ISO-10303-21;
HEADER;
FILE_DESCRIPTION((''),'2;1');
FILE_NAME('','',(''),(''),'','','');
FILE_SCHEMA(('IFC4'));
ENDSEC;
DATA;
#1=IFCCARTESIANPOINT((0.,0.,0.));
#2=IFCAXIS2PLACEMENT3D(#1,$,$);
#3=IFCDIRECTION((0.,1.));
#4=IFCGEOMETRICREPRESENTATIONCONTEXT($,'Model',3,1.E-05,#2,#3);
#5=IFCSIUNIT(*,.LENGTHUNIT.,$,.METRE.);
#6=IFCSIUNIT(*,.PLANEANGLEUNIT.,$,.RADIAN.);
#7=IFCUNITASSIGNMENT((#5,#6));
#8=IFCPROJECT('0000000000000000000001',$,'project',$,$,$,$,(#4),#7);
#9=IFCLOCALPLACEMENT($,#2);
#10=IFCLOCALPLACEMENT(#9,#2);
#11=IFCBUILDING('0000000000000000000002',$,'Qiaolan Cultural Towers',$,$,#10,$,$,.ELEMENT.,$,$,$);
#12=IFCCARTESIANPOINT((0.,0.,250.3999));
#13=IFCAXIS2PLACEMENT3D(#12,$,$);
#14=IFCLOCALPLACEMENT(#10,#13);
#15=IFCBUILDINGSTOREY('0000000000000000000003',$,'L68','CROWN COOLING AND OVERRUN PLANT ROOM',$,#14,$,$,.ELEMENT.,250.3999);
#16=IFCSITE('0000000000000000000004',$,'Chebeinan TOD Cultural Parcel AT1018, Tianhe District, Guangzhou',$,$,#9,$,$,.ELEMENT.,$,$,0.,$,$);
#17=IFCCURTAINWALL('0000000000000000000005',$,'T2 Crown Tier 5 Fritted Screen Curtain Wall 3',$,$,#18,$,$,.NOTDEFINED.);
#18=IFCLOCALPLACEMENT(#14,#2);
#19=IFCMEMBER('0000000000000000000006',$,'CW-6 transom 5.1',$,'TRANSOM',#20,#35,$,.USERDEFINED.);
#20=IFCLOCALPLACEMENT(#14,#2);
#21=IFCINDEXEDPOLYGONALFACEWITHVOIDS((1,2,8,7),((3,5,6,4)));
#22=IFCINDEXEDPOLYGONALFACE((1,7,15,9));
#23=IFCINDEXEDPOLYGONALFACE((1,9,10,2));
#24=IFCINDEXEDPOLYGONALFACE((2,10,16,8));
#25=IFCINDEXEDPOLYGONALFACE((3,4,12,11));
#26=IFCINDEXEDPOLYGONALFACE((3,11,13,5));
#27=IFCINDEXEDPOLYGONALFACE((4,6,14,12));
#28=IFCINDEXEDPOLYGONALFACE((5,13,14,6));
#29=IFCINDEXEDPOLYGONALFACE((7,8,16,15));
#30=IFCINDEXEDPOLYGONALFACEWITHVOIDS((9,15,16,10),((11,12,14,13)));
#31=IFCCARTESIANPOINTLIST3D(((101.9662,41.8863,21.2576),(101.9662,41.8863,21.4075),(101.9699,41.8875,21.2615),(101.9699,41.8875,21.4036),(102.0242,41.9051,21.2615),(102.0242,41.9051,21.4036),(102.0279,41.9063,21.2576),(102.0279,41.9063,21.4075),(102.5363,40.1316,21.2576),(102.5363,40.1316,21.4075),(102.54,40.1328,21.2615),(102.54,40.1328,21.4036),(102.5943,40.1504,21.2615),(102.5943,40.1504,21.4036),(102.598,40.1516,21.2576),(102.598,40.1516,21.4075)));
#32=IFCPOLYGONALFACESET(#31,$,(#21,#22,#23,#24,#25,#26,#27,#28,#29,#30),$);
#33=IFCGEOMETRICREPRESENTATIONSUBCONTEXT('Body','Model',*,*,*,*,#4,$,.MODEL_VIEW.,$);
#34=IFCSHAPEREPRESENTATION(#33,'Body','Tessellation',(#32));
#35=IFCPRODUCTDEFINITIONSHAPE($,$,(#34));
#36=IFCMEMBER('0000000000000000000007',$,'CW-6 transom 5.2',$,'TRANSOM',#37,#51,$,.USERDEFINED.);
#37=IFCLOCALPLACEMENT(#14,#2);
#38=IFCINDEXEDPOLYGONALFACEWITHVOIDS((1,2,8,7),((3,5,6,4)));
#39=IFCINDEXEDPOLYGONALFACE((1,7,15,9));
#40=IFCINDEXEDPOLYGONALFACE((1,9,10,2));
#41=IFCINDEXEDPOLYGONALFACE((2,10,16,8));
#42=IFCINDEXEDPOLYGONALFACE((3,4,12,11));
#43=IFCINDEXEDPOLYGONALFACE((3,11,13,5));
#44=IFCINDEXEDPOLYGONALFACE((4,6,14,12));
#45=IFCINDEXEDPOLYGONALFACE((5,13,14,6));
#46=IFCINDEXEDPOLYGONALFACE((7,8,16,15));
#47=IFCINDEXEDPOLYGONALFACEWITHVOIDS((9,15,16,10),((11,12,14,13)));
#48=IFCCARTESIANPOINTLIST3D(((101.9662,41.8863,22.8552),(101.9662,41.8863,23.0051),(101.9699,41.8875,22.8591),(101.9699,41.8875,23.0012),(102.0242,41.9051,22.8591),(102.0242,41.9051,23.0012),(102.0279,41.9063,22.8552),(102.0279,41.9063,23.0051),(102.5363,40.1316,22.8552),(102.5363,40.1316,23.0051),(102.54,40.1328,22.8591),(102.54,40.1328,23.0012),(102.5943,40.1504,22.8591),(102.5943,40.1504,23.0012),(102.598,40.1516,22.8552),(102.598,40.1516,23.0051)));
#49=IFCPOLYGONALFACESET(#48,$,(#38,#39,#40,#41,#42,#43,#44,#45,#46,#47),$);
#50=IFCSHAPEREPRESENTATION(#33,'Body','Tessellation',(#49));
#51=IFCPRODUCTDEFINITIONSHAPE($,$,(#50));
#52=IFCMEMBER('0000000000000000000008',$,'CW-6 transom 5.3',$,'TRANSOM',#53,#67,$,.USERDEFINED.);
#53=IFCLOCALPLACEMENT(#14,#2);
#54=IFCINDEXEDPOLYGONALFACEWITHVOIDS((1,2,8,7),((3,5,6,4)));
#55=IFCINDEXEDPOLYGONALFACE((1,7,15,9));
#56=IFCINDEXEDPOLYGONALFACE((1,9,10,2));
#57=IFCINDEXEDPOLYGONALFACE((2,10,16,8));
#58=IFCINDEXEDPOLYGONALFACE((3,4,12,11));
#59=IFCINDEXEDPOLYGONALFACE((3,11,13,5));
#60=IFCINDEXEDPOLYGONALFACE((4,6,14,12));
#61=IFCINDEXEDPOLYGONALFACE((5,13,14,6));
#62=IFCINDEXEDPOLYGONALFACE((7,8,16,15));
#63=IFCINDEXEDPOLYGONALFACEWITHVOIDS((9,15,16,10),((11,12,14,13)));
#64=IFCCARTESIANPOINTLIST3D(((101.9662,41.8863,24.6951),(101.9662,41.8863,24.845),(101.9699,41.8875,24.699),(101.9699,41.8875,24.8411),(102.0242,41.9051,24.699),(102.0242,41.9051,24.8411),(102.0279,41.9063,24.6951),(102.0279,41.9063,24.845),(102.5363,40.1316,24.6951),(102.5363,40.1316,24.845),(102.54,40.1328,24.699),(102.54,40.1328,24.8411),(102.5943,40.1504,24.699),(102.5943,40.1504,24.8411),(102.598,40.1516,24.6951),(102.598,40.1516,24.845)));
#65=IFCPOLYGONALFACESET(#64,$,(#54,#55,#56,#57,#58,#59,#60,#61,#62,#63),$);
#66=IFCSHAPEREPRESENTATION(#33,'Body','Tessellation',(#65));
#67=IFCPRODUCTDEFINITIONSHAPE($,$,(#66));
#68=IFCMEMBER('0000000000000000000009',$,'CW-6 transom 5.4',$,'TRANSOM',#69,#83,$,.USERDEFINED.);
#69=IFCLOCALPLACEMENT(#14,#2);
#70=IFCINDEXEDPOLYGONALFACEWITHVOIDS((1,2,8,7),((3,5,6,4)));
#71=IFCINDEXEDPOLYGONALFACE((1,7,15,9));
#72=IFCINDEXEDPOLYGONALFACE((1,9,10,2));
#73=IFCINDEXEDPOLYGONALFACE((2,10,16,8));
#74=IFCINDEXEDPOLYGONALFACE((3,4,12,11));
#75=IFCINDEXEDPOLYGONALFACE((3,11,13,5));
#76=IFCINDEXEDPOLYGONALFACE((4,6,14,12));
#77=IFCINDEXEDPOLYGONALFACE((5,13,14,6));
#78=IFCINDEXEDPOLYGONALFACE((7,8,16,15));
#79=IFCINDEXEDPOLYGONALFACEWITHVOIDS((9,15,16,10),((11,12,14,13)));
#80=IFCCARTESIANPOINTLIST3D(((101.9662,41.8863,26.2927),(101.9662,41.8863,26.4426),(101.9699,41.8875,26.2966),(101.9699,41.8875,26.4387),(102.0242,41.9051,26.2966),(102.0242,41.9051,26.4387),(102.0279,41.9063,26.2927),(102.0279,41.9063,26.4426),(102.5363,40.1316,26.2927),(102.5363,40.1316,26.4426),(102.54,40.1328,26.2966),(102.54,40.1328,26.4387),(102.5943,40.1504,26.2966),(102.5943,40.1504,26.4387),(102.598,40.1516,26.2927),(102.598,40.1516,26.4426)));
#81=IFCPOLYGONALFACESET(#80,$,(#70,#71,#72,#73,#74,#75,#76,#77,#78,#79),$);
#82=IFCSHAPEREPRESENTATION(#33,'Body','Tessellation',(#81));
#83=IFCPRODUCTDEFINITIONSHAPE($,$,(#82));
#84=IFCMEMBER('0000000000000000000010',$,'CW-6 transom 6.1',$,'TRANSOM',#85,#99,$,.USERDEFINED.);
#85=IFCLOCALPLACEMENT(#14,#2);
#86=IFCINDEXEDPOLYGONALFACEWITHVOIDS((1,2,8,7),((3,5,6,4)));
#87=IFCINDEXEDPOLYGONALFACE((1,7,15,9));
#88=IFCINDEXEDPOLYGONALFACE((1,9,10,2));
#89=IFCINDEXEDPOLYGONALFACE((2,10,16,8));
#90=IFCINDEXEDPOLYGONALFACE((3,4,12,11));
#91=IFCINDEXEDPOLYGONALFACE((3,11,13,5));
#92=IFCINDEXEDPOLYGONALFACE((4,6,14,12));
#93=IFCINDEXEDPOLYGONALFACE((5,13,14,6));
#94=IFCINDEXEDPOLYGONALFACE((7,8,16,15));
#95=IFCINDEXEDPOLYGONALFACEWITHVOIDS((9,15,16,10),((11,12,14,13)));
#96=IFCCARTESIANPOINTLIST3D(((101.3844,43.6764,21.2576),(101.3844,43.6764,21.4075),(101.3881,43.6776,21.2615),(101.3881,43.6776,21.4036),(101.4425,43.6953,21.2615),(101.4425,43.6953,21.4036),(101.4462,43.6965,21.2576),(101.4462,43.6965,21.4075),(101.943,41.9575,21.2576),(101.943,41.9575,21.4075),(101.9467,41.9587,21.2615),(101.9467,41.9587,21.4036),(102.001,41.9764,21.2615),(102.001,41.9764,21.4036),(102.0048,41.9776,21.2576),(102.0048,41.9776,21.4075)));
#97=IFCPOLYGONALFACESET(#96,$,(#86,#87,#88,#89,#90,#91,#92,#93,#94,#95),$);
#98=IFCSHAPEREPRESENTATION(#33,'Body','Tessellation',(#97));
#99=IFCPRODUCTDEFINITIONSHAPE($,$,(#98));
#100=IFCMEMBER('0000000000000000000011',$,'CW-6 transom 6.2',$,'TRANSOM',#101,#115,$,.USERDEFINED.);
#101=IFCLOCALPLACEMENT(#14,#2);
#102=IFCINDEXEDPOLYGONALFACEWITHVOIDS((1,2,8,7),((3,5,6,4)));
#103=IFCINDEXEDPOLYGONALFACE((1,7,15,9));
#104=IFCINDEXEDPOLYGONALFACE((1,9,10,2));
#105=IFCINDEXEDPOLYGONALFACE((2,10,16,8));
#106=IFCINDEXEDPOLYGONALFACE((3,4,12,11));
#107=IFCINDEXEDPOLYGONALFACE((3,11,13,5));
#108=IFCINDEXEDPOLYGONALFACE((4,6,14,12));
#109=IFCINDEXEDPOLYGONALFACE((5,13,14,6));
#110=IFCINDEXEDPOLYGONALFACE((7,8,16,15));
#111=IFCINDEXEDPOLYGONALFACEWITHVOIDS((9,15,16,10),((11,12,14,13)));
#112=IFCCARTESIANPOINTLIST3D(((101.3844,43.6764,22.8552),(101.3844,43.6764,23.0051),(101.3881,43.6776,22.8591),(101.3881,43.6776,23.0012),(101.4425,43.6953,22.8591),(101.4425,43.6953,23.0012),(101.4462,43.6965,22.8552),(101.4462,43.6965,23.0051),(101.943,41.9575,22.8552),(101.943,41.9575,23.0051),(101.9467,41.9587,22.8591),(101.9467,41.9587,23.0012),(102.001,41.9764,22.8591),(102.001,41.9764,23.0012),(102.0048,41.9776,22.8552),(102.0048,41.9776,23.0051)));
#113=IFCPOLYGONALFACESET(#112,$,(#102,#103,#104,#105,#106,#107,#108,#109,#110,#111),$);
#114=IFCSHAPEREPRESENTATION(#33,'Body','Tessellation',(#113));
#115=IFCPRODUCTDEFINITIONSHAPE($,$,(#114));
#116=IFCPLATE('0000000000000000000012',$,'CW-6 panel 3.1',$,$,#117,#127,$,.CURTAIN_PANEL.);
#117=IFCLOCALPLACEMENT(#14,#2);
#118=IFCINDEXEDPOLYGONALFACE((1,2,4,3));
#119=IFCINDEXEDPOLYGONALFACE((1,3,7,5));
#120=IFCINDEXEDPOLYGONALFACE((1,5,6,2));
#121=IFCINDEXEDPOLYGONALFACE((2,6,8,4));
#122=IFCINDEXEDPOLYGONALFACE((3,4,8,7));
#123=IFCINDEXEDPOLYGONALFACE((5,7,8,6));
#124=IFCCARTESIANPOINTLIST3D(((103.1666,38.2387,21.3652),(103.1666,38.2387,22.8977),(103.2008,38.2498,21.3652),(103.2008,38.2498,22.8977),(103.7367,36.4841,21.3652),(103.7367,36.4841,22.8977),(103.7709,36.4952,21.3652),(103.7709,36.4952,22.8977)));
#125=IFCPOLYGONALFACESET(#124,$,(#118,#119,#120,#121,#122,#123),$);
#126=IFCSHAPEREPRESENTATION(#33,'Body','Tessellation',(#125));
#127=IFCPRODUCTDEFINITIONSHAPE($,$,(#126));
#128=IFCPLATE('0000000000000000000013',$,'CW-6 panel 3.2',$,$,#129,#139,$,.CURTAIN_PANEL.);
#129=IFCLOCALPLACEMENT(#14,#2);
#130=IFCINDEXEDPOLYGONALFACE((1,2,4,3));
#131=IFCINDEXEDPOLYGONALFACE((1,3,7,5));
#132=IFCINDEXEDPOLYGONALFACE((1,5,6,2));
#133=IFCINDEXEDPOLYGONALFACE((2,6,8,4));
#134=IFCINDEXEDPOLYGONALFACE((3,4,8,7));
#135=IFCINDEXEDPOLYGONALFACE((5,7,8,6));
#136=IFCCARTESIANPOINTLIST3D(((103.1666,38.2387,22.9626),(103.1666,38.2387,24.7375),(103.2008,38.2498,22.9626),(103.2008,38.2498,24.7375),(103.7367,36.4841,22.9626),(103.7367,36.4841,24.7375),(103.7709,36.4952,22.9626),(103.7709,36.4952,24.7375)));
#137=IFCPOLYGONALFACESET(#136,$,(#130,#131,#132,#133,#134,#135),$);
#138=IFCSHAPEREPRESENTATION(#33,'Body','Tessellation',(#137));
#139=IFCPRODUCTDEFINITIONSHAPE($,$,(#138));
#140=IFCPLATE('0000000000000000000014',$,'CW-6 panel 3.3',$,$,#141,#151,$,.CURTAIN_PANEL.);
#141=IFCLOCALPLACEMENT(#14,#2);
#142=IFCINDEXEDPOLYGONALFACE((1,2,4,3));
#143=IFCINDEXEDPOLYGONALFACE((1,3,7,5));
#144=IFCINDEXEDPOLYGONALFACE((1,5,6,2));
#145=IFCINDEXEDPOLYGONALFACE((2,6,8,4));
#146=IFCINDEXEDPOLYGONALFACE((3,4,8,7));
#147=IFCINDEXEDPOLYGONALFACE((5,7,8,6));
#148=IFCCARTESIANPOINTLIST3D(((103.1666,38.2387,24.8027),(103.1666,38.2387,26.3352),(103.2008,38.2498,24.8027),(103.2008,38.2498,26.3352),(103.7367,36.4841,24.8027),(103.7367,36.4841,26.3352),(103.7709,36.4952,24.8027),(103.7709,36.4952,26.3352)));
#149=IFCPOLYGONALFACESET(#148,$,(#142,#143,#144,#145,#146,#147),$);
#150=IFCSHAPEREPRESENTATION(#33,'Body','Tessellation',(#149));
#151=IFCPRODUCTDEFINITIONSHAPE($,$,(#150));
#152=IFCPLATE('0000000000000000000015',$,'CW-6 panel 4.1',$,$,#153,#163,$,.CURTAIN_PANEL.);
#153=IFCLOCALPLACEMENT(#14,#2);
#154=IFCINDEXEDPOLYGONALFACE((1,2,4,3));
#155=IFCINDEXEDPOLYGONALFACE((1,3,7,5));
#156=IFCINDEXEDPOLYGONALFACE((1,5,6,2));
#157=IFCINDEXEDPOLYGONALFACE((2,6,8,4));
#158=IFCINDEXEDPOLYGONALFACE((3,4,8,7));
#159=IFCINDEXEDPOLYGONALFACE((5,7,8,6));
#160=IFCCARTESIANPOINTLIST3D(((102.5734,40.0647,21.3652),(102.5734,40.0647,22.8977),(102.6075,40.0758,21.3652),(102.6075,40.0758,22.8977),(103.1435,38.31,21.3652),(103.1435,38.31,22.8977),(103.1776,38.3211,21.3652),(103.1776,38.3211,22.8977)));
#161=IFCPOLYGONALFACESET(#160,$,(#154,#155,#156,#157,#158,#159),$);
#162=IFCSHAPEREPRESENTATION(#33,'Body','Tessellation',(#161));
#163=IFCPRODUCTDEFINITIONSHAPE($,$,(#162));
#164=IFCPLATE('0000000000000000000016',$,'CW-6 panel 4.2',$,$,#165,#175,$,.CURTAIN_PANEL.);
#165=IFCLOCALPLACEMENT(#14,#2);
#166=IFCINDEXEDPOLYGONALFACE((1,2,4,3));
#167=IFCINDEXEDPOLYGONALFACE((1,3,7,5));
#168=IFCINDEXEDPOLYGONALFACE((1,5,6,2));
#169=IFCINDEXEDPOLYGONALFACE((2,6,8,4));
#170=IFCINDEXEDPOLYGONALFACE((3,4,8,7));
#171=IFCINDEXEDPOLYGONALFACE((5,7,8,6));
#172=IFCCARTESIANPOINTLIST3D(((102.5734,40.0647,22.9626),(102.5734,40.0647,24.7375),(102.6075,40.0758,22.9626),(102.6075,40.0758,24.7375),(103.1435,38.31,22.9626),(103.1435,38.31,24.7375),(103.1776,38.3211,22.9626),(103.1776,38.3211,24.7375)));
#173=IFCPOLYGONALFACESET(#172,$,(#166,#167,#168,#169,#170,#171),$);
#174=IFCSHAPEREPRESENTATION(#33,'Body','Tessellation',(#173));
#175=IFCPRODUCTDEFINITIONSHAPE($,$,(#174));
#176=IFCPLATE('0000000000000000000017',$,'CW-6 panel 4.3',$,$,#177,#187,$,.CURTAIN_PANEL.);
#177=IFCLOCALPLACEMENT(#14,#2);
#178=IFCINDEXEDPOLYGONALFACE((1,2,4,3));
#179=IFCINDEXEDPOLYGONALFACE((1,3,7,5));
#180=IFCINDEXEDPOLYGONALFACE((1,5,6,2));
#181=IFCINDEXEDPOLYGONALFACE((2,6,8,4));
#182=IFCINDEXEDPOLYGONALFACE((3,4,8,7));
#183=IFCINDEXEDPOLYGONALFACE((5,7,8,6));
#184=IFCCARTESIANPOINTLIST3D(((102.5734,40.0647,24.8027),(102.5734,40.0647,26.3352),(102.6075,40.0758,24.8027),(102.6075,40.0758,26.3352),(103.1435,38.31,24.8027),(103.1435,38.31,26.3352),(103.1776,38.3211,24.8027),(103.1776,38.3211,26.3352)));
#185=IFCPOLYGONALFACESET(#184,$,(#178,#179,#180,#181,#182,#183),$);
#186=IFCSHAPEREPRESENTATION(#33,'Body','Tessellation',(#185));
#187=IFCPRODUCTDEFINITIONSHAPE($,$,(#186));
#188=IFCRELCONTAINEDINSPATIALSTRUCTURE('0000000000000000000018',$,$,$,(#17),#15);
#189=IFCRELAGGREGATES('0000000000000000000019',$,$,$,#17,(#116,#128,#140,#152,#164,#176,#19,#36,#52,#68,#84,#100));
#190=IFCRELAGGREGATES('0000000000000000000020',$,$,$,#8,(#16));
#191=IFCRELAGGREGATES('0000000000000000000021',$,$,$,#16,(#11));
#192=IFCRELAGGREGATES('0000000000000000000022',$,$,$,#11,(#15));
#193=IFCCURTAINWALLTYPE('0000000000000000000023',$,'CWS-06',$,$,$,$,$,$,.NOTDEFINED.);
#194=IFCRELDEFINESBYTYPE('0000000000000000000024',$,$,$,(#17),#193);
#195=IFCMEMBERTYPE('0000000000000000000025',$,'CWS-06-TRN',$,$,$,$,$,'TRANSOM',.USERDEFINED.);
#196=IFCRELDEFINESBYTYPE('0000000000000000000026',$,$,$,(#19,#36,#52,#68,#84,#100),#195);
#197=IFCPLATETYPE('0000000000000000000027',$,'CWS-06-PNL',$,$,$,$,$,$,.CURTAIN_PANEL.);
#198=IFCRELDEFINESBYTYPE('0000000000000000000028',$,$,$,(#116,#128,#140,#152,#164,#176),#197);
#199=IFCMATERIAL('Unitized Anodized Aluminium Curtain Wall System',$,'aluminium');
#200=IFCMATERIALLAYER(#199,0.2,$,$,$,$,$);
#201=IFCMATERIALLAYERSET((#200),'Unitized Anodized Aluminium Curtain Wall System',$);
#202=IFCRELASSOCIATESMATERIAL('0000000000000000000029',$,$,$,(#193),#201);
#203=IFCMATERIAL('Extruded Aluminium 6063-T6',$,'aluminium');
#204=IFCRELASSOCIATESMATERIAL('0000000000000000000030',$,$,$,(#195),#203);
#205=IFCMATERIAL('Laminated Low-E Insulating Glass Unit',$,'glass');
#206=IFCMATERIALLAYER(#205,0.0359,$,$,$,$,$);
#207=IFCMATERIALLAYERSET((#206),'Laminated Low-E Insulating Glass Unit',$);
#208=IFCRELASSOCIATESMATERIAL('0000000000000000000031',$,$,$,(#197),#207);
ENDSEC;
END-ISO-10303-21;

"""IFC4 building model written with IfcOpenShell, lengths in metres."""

from ifc_helpers import new_model, si_unit, direction, frame, origin, origin_2d, place, context, subcontext, project, spatial, rectangle, hollow_rectangle, extrude, material, layer, layer_set, material_profile, profile_set, type_object, element, aggregate, save


model = new_model("IFC4")

# Units and contexts
model_context = context("Model", 3, precision=1e-05, world=origin(), true_north=direction((0.0, 1.0)))
body_context = subcontext(model_context, "Body", "Model", "MODEL_VIEW")
ifc_project = project(units=[si_unit("LENGTHUNIT", "METRE"), si_unit("PLANEANGLEUNIT", "RADIAN")], contexts=[model_context])

# Site, building, storey
site_placement = place(None, origin())
site = spatial("IfcSite", under=ifc_project, at=site_placement, Name="Chebeinan TOD Cultural Parcel AT1018, Tianhe District, Guangzhou", CompositionType="ELEMENT", RefElevation=0.0)
building_placement = place(site_placement, origin())
building = spatial("IfcBuilding", under=site, at=building_placement, Name="Qiaolan Cultural Towers", CompositionType="ELEMENT")
storey_placement = place(building_placement, frame((0.0, 0.0, 250.3999)))
storey = spatial("IfcBuildingStorey", under=building, at=storey_placement, Name="L68", Description="CROWN COOLING AND OVERRUN PLANT ROOM", CompositionType="ELEMENT", Elevation=250.3999)

# Curtain wall, members, plates
ifc_material_1 = material(Name="Unitized Anodized Aluminium Curtain Wall System", Category="aluminium")
ifc_layer_1 = layer(ifc_material_1, 0.2)
ifc_layer_set_1 = layer_set([ifc_layer_1], Name="Unitized Anodized Aluminium Curtain Wall System")
curtain_wall_type = type_object("IfcCurtainWallType", Name="CWS-06", PredefinedType="NOTDEFINED", material=ifc_layer_set_1)
curtain_wall_placement = place(storey_placement, origin())
curtain_wall = element("IfcCurtainWall", 1, at=curtain_wall_placement, inside=storey, type_object=curtain_wall_type, Name="T2 Crown Tier 5 Fritted Screen Curtain Wall 3", PredefinedType="NOTDEFINED")
ifc_material_2 = material(Name="Extruded Aluminium 6063-T6", Category="aluminium")
ifc_material_profile_1 = material_profile(ifc_material_2, hollow_rectangle(XDim=0.0649, YDim=0.1499, WallThickness=0.0039, at=origin_2d()), Name="CWT-150x65x4")
ifc_profile_set_1 = profile_set([ifc_material_profile_1], Name="Extruded Aluminium 6063-T6")
member_type = type_object("IfcMemberType", Name="CWS-06-TRN", ElementType="TRANSOM", PredefinedType="USERDEFINED", material=ifc_profile_set_1)
member_1_placement = place(storey_placement, frame((102.5671, 40.1416, 21.3325), z_axis=(-0.308993, 0.951064, 0.0), x_axis=(-0.951064, -0.308993, 0.0)))
member_1 = element("IfcMember", 2, at=member_1_placement, type_object=member_type, Name="CW-6 transom 5.1", ObjectType="TRANSOM", PredefinedType="USERDEFINED", context=body_context, shape_type="SweptSolid", body=[
    extrude(hollow_rectangle(XDim=0.0649, YDim=0.1499, WallThickness=0.0039, at=origin_2d()), origin(), (0.0, 0.0, 1.0), 1.845),
])
member_2_placement = place(storey_placement, frame((102.5671, 40.1416, 22.9302), z_axis=(-0.308993, 0.951064, 0.0), x_axis=(-0.951064, -0.308993, 0.0)))
member_2 = element("IfcMember", 3, at=member_2_placement, type_object=member_type, Name="CW-6 transom 5.2", ObjectType="TRANSOM", PredefinedType="USERDEFINED", context=body_context, shape_type="SweptSolid", body=[
    extrude(hollow_rectangle(XDim=0.0649, YDim=0.1499, WallThickness=0.0039, at=origin_2d()), origin(), (0.0, 0.0, 1.0), 1.845),
])
member_3_placement = place(storey_placement, frame((102.5671, 40.1416, 24.77), z_axis=(-0.308993, 0.951064, 0.0), x_axis=(-0.951064, -0.308993, 0.0)))
member_3 = element("IfcMember", 4, at=member_3_placement, type_object=member_type, Name="CW-6 transom 5.3", ObjectType="TRANSOM", PredefinedType="USERDEFINED", context=body_context, shape_type="SweptSolid", body=[
    extrude(hollow_rectangle(XDim=0.0649, YDim=0.1499, WallThickness=0.0039, at=origin_2d()), origin(), (0.0, 0.0, 1.0), 1.845),
])
member_4_placement = place(storey_placement, frame((102.5671, 40.1416, 26.3677), z_axis=(-0.308993, 0.951064, 0.0), x_axis=(-0.951064, -0.308993, 0.0)))
member_4 = element("IfcMember", 5, at=member_4_placement, type_object=member_type, Name="CW-6 transom 5.4", ObjectType="TRANSOM", PredefinedType="USERDEFINED", context=body_context, shape_type="SweptSolid", body=[
    extrude(hollow_rectangle(XDim=0.0649, YDim=0.1499, WallThickness=0.0039, at=origin_2d()), origin(), (0.0, 0.0, 1.0), 1.845),
])
member_5_placement = place(storey_placement, frame((101.9739, 41.9675, 21.3325), z_axis=(-0.309046, 0.951047, 0.0), x_axis=(-0.951047, -0.309046, 0.0)))
member_5 = element("IfcMember", 6, at=member_5_placement, type_object=member_type, Name="CW-6 transom 6.1", ObjectType="TRANSOM", PredefinedType="USERDEFINED", context=body_context, shape_type="SweptSolid", body=[
    extrude(hollow_rectangle(XDim=0.0649, YDim=0.1499, WallThickness=0.0039, at=origin_2d()), origin(), (0.0, 0.0, 1.0), 1.8074),
])
member_6_placement = place(storey_placement, frame((101.9739, 41.9675, 22.9302), z_axis=(-0.309046, 0.951047, 0.0), x_axis=(-0.951047, -0.309046, 0.0)))
member_6 = element("IfcMember", 7, at=member_6_placement, type_object=member_type, Name="CW-6 transom 6.2", ObjectType="TRANSOM", PredefinedType="USERDEFINED", context=body_context, shape_type="SweptSolid", body=[
    extrude(hollow_rectangle(XDim=0.0649, YDim=0.1499, WallThickness=0.0039, at=origin_2d()), origin(), (0.0, 0.0, 1.0), 1.8074),
])
ifc_material_3 = material(Name="Laminated Low-E Insulating Glass Unit", Category="glass")
ifc_layer_2 = layer(ifc_material_3, 0.0359)
ifc_layer_set_2 = layer_set([ifc_layer_2], Name="Laminated Low-E Insulating Glass Unit")
plate_type_1 = type_object("IfcPlateType", Name="CWS-06-PNL", PredefinedType="CURTAIN_PANEL", material=ifc_layer_set_2)
plate_1_placement = place(storey_placement, frame((103.4688, 37.3669, 21.3652), z_axis=(0.0, 0.0, 1.0), x_axis=(-0.309017, 0.951057, 0.0)))
plate_1 = element("IfcPlate", 8, at=plate_1_placement, type_object=plate_type_1, Name="CW-6 panel 3.1", PredefinedType="CURTAIN_PANEL", context=body_context, shape_type="SweptSolid", body=[
    extrude(rectangle(XDim=1.845, YDim=0.0359, at=origin_2d()), origin(), (0.0, 0.0, 1.0), 1.5325),
])
plate_2_placement = place(storey_placement, frame((103.4688, 37.3669, 22.9626), z_axis=(0.0, 0.0, 1.0), x_axis=(-0.309017, 0.951057, 0.0)))
plate_2 = element("IfcPlate", 9, at=plate_2_placement, type_object=plate_type_1, Name="CW-6 panel 3.2", PredefinedType="CURTAIN_PANEL", context=body_context, shape_type="SweptSolid", body=[
    extrude(rectangle(XDim=1.845, YDim=0.0359, at=origin_2d()), origin(), (0.0, 0.0, 1.0), 1.7749),
])
plate_3_placement = place(storey_placement, frame((103.4688, 37.3669, 24.8027), z_axis=(0.0, 0.0, 1.0), x_axis=(-0.309017, 0.951057, 0.0)))
plate_3 = element("IfcPlate", 10, at=plate_3_placement, type_object=plate_type_1, Name="CW-6 panel 3.3", PredefinedType="CURTAIN_PANEL", context=body_context, shape_type="SweptSolid", body=[
    extrude(rectangle(XDim=1.845, YDim=0.0359, at=origin_2d()), origin(), (0.0, 0.0, 1.0), 1.5325),
])
plate_4_placement = place(storey_placement, frame((102.8755, 39.1929, 21.3652), z_axis=(0.0, 0.0, 1.0), x_axis=(-0.309017, 0.951057, 0.0)))
plate_4 = element("IfcPlate", 11, at=plate_4_placement, type_object=plate_type_1, Name="CW-6 panel 4.1", PredefinedType="CURTAIN_PANEL", context=body_context, shape_type="SweptSolid", body=[
    extrude(rectangle(XDim=1.845, YDim=0.0359, at=origin_2d()), origin(), (0.0, 0.0, 1.0), 1.5325),
])
plate_5_placement = place(storey_placement, frame((102.8755, 39.1929, 22.9626), z_axis=(0.0, 0.0, 1.0), x_axis=(-0.309017, 0.951057, 0.0)))
plate_5 = element("IfcPlate", 12, at=plate_5_placement, type_object=plate_type_1, Name="CW-6 panel 4.2", PredefinedType="CURTAIN_PANEL", context=body_context, shape_type="SweptSolid", body=[
    extrude(rectangle(XDim=1.845, YDim=0.0359, at=origin_2d()), origin(), (0.0, 0.0, 1.0), 1.7749),
])
plate_6_placement = place(storey_placement, frame((102.8755, 39.1929, 24.8027), z_axis=(0.0, 0.0, 1.0), x_axis=(-0.309017, 0.951057, 0.0)))
plate_6 = element("IfcPlate", 13, at=plate_6_placement, type_object=plate_type_1, Name="CW-6 panel 4.3", PredefinedType="CURTAIN_PANEL", context=body_context, shape_type="SweptSolid", body=[
    extrude(rectangle(XDim=1.845, YDim=0.0359, at=origin_2d()), origin(), (0.0, 0.0, 1.0), 1.5325),
])
aggregate(curtain_wall, [plate_1, plate_2, plate_3, plate_4, plate_5, plate_6, member_1, member_2, member_3, member_4, member_5, member_6])

save(model, "model.ifc")
